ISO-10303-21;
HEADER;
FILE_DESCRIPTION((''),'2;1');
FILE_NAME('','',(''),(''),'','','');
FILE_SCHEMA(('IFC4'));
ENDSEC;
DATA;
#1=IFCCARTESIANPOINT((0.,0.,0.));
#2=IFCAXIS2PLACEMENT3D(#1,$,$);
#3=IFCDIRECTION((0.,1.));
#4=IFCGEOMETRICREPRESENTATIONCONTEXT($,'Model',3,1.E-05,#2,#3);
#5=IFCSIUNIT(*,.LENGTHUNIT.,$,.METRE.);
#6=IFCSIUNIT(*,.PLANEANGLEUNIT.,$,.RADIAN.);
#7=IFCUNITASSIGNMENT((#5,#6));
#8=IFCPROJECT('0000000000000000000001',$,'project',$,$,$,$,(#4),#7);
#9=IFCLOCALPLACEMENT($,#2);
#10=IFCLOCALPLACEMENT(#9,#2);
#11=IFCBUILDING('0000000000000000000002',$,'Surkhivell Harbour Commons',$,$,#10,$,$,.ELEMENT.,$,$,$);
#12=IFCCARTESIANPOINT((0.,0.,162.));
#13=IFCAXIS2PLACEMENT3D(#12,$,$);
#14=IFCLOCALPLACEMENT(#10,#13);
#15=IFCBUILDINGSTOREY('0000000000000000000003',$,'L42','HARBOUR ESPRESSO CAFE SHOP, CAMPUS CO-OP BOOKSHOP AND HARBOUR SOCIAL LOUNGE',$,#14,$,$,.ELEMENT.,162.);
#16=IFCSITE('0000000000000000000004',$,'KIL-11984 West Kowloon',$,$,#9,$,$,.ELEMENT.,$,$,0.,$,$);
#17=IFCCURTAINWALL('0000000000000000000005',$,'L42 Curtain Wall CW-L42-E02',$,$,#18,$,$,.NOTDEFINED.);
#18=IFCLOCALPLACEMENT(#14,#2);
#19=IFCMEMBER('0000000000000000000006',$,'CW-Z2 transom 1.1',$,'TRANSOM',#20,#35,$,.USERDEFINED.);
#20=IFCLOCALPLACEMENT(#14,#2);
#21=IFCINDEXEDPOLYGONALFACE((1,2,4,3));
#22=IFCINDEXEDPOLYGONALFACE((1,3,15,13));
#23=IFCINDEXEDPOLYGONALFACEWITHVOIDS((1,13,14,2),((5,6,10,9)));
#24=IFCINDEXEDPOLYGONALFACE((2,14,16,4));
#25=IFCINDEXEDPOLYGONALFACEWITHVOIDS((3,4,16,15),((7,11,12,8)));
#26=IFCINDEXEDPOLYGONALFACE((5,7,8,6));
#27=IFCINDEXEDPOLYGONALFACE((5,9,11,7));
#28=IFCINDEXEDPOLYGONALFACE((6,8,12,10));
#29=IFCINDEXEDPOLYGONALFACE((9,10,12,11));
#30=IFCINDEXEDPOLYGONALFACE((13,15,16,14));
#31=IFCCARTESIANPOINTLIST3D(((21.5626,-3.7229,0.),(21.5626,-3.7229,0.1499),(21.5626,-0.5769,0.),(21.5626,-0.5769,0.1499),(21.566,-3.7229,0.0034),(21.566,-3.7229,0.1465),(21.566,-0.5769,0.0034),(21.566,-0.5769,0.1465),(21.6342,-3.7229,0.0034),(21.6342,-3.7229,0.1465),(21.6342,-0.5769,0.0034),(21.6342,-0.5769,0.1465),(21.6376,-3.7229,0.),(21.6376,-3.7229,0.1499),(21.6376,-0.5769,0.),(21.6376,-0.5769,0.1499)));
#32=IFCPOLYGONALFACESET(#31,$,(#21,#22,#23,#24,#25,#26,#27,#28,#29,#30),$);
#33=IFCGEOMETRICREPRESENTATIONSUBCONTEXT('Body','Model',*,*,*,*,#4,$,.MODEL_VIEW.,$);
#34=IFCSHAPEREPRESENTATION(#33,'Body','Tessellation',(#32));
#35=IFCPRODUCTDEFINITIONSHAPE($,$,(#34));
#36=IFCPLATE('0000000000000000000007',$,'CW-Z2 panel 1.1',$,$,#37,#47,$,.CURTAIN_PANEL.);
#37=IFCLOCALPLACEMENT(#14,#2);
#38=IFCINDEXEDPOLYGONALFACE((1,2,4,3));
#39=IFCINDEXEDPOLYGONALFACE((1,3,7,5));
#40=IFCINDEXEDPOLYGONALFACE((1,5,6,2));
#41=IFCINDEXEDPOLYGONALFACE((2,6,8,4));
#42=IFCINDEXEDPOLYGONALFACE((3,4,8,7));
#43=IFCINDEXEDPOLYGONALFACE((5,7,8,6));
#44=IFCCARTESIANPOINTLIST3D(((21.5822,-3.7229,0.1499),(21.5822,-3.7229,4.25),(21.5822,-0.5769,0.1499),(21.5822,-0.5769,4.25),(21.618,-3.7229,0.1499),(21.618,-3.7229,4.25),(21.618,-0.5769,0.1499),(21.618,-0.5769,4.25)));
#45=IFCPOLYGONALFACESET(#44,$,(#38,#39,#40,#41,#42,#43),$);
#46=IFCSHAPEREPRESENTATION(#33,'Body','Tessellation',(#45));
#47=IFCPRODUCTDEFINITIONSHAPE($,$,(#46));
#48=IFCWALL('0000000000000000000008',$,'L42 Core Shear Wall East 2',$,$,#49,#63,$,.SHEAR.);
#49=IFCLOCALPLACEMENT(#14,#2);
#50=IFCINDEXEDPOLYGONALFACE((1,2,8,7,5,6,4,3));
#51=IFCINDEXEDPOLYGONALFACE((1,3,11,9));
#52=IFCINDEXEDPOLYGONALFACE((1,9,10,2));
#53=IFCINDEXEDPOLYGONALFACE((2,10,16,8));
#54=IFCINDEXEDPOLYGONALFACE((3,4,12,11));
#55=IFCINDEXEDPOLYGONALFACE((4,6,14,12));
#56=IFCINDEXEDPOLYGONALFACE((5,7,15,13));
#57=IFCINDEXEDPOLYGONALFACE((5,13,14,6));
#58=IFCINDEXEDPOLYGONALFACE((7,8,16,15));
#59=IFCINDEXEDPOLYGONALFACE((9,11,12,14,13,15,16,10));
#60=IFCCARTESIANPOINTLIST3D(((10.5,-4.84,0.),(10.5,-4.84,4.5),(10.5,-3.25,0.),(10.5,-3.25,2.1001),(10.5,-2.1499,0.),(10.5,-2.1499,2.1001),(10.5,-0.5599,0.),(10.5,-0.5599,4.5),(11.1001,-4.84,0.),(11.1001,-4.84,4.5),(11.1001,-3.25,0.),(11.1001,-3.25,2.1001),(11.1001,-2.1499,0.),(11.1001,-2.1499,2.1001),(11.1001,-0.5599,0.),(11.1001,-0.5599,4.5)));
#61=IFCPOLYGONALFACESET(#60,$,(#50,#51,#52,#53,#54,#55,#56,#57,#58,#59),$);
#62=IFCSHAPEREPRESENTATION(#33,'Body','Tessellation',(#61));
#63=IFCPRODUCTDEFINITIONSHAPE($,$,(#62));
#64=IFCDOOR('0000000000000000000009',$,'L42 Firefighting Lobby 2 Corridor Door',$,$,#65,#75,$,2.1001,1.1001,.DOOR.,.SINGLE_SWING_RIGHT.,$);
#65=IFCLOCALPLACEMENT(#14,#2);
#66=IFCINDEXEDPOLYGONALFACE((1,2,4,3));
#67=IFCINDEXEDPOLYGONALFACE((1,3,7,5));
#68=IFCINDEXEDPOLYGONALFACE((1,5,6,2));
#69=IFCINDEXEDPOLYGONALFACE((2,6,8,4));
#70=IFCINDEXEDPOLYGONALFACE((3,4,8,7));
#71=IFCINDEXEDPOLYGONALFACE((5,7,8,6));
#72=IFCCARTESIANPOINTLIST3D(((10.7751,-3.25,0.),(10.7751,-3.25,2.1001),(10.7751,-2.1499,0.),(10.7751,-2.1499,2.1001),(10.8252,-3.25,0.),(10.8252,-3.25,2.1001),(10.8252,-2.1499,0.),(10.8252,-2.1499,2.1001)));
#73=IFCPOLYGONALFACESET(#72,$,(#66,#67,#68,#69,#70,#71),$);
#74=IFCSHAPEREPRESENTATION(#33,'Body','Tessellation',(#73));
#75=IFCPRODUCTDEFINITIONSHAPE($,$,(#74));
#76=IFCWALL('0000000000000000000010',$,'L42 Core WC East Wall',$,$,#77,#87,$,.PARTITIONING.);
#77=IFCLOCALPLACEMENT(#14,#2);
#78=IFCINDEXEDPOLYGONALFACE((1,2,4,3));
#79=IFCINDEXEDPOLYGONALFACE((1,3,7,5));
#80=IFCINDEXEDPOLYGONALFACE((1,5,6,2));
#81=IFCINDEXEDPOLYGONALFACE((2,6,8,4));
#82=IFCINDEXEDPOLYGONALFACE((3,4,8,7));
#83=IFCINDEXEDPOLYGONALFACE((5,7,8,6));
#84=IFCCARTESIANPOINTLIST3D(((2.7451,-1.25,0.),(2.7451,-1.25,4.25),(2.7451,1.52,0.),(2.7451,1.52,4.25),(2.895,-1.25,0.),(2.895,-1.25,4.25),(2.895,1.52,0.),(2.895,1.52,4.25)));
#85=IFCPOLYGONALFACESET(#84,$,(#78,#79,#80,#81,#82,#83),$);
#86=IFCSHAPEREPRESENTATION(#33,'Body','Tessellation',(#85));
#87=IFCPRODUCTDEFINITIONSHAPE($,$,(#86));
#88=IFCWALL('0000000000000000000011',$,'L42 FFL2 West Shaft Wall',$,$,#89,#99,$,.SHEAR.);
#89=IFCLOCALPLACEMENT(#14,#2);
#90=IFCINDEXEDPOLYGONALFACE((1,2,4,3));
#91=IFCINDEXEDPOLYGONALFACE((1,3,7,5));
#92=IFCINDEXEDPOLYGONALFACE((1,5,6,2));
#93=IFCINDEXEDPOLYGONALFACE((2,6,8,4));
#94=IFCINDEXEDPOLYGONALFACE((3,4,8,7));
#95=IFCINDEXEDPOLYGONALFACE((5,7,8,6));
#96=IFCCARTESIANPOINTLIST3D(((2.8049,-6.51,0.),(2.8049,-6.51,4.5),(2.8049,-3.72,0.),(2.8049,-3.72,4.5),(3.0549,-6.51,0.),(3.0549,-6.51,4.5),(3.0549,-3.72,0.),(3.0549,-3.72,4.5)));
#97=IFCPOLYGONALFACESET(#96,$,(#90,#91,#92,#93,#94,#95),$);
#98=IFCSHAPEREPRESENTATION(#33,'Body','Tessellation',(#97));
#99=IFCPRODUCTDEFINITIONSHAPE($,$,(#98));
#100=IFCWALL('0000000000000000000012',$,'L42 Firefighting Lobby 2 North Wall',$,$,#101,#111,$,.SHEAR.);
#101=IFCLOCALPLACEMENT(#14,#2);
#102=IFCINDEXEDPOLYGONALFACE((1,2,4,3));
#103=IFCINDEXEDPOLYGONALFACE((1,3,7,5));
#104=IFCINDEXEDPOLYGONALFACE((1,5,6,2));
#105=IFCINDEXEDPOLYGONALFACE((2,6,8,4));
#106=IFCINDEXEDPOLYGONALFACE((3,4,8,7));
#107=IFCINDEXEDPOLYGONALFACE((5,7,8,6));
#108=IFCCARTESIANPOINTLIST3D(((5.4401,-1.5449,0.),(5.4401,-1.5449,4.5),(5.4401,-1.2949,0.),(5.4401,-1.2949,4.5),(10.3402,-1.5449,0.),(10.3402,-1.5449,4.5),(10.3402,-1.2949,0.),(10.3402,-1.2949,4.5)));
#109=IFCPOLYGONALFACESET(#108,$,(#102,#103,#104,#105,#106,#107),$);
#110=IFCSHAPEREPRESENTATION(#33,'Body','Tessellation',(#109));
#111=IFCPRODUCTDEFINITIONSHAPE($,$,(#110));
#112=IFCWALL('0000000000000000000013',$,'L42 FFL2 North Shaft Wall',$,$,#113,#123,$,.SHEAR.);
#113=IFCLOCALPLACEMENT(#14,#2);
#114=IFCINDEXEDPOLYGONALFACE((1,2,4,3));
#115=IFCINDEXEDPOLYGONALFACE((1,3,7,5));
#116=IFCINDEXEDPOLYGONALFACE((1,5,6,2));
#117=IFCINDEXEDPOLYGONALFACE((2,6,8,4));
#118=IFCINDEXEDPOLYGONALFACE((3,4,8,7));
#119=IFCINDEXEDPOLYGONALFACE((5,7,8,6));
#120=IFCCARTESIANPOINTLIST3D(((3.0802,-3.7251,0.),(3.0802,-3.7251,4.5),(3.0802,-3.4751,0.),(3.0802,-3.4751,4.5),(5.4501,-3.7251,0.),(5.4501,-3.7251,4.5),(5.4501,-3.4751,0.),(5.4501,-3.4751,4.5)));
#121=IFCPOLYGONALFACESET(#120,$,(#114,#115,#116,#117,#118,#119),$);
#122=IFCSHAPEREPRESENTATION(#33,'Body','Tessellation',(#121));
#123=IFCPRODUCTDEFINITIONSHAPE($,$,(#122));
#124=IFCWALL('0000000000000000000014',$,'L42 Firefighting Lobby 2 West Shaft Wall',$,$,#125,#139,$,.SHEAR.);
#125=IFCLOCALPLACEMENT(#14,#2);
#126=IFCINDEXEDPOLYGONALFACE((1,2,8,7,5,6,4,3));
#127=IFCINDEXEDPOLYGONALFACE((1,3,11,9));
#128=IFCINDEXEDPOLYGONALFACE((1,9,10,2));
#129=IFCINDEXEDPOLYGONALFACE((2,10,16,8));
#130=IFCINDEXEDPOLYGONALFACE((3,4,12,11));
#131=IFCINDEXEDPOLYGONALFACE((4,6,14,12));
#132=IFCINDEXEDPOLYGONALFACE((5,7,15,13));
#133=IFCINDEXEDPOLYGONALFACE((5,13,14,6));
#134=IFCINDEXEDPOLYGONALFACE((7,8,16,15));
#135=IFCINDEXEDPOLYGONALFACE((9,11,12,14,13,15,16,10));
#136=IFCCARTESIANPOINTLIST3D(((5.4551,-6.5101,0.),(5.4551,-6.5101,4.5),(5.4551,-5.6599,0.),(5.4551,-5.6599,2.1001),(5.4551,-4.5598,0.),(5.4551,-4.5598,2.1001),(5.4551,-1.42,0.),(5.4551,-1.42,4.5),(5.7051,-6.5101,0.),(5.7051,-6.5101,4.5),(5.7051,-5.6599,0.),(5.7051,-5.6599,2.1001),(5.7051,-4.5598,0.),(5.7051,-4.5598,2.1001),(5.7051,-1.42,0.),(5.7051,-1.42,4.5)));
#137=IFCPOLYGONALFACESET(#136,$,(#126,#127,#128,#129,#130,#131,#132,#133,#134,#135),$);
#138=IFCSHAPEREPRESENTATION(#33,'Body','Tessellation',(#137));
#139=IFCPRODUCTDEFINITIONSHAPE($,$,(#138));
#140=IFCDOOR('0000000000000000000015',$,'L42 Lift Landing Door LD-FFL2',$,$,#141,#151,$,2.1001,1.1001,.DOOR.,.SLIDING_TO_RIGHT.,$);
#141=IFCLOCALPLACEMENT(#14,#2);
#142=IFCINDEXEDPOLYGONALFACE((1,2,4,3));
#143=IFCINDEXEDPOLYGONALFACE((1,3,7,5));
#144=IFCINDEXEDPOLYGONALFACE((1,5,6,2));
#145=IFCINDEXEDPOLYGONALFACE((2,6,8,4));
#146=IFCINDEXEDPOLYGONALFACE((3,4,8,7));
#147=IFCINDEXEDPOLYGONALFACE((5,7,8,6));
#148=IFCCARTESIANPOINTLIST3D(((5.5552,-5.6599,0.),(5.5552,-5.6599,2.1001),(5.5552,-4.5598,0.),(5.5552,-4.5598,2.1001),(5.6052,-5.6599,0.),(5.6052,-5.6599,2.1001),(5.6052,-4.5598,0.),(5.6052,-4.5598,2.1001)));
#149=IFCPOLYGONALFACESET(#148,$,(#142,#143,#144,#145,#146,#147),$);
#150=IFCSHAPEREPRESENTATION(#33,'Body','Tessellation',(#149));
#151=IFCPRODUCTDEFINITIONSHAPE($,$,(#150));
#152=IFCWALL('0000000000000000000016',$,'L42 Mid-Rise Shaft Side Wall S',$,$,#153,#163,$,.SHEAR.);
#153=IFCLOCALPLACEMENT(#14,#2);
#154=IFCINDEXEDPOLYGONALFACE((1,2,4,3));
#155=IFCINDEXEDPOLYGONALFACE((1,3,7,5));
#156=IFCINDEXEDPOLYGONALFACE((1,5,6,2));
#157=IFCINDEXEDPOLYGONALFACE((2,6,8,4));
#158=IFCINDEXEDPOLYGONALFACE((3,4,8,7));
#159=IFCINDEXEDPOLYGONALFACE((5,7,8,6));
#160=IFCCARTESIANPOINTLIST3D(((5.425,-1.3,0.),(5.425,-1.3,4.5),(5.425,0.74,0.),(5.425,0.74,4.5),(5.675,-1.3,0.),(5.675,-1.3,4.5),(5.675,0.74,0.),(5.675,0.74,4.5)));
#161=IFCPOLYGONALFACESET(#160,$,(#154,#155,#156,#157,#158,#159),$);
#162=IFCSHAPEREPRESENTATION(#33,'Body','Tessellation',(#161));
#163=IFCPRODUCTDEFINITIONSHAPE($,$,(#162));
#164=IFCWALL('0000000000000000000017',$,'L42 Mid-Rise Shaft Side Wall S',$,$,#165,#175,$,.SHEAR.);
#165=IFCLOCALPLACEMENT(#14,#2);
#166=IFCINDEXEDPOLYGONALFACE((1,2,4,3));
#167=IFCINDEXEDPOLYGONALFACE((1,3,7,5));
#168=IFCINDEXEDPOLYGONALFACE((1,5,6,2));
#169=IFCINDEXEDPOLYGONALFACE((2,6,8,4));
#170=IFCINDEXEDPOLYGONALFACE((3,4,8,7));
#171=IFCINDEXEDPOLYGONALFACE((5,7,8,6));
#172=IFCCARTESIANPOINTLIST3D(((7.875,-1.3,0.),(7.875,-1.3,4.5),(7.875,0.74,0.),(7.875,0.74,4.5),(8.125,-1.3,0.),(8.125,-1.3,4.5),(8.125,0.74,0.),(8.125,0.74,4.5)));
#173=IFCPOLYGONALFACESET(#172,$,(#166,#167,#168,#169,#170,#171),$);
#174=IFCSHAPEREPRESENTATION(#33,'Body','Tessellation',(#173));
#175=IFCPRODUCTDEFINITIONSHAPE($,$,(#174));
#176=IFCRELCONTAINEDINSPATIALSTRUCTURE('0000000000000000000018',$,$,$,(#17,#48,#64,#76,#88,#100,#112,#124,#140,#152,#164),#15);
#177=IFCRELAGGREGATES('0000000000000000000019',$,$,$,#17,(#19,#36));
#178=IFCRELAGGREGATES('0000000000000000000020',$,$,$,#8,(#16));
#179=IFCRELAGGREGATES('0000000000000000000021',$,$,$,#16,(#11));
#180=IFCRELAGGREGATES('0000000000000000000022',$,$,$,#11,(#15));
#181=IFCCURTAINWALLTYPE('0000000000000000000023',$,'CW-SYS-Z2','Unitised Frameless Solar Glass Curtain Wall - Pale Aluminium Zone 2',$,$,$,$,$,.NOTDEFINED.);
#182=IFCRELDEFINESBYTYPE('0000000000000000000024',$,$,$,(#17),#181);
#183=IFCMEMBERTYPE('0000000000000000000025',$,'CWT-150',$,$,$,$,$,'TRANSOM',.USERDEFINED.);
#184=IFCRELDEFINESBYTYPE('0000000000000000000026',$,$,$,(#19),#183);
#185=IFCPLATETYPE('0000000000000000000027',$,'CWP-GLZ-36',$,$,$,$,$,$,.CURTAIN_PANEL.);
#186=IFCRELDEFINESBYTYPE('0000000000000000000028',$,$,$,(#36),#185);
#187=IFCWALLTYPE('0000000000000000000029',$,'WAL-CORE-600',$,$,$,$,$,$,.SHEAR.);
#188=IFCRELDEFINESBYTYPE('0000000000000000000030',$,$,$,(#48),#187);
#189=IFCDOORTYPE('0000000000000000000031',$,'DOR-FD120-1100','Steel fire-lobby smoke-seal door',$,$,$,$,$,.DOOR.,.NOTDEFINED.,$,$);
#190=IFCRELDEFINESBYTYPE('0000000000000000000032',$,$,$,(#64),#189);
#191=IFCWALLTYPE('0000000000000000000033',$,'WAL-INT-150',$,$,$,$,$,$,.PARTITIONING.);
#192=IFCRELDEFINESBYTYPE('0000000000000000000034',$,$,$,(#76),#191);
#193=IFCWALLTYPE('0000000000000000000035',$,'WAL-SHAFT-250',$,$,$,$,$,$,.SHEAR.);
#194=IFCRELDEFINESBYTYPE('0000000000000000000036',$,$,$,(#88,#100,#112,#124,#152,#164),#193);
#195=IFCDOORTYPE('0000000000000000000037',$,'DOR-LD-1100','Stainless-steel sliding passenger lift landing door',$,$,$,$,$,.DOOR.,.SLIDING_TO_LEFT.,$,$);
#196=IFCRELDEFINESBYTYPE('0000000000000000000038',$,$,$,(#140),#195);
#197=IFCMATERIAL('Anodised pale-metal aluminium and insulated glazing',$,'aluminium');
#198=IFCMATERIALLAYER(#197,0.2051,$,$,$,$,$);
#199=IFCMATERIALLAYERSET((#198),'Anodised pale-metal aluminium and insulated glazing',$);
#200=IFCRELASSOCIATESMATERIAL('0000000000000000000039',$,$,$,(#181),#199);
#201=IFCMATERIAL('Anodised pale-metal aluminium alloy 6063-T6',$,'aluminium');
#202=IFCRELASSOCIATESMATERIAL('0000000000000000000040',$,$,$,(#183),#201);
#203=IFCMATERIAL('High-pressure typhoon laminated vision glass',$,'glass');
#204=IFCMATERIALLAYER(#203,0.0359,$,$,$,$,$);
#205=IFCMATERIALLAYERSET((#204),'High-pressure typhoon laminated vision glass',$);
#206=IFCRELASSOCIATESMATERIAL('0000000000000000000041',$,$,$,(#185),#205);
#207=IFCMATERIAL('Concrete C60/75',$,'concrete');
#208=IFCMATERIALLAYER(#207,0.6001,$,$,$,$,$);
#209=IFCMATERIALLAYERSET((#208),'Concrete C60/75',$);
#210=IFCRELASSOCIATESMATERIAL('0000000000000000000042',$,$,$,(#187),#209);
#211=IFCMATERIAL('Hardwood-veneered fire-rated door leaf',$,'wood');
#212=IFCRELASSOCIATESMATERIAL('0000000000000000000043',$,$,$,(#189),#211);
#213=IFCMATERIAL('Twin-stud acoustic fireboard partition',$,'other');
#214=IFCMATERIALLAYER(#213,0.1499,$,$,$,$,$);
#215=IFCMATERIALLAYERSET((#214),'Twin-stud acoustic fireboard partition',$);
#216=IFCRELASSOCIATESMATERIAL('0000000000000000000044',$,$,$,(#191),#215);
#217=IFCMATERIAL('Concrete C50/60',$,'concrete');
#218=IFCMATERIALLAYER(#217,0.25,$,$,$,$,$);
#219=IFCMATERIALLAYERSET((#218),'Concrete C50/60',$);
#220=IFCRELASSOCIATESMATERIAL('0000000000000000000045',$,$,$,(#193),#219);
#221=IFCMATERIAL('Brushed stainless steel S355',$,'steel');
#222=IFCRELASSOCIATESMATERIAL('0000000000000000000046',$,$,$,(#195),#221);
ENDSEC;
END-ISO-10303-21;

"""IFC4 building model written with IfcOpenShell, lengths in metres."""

from ifc_helpers import new_model, si_unit, direction, frame, frame_2d, origin, origin_2d, place, context, subcontext, project, spatial, rectangle, hollow_rectangle, extrude, material, layer, layer_set, material_profile, profile_set, type_object, element, fill, aggregate, save


model = new_model("IFC4")

# Units and contexts
model_context = context("Model", 3, precision=1e-05, world=origin(), true_north=direction((0.0, 1.0)))
body_context = subcontext(model_context, "Body", "Model", "MODEL_VIEW")
ifc_project = project(units=[si_unit("LENGTHUNIT", "METRE"), si_unit("PLANEANGLEUNIT", "RADIAN")], contexts=[model_context])

# Site, building, storey
site_placement = place(None, origin())
site = spatial("IfcSite", under=ifc_project, at=site_placement, Name="KIL-11984 West Kowloon", CompositionType="ELEMENT", RefElevation=0.0)
building_placement = place(site_placement, origin())
building = spatial("IfcBuilding", under=site, at=building_placement, Name="Surkhivell Harbour Commons", CompositionType="ELEMENT")
storey_placement = place(building_placement, frame((0.0, 0.0, 162.0)))
storey = spatial("IfcBuildingStorey", under=building, at=storey_placement, Name="L42", Description="HARBOUR ESPRESSO CAFE SHOP, CAMPUS CO-OP BOOKSHOP AND HARBOUR SOCIAL LOUNGE", CompositionType="ELEMENT", Elevation=162.0)

# Shared definitions
ifc_material_1 = material(Name="Concrete C60/75", Category="concrete")

# Shared definitions
ifc_material_2 = material(Name="Anodised pale-metal aluminium and insulated glazing", Category="aluminium")
ifc_layer_1 = layer(ifc_material_2, 0.2051)
ifc_layer_set_1 = layer_set([ifc_layer_1], Name="Anodised pale-metal aluminium and insulated glazing")
curtain_wall_type = type_object("IfcCurtainWallType", Name="CW-SYS-Z2", Description="Unitised Frameless Solar Glass Curtain Wall - Pale Aluminium Zone 2", PredefinedType="NOTDEFINED", material=ifc_layer_set_1)
ifc_material_3 = material(Name="Anodised pale-metal aluminium alloy 6063-T6", Category="aluminium")

# Curtain wall, member, plate
curtain_wall_1_placement = place(storey_placement, origin())
curtain_wall_1 = element("IfcCurtainWall", 1, at=curtain_wall_1_placement, inside=storey, type_object=curtain_wall_type, Name="L42 Curtain Wall CW-L42-E02", PredefinedType="NOTDEFINED")
ifc_material_profile_1 = material_profile(ifc_material_3, hollow_rectangle(XDim=0.075, YDim=0.1499, WallThickness=0.0034, at=origin_2d()), Name="ALU-TRAN-75x150")
ifc_profile_set_1 = profile_set([ifc_material_profile_1], Name="Anodised pale-metal aluminium alloy 6063-T6")
member_type_1 = type_object("IfcMemberType", Name="CWT-150", ElementType="TRANSOM", PredefinedType="USERDEFINED", material=ifc_profile_set_1)
member_1_placement = place(storey_placement, frame((21.6001, -3.7229, 0.075), z_axis=(0.0, 1.0, 0.0), x_axis=(-1.0, 0.0, 0.0)))
member_1 = element("IfcMember", 2, at=member_1_placement, type_object=member_type_1, Name="CW-Z2 transom 1.1", ObjectType="TRANSOM", PredefinedType="USERDEFINED", context=body_context, shape_type="SweptSolid", body=[
    extrude(hollow_rectangle(XDim=0.075, YDim=0.1499, WallThickness=0.0034, at=origin_2d()), origin(), (0.0, 0.0, 1.0), 3.146),
])
ifc_material_4 = material(Name="High-pressure typhoon laminated vision glass", Category="glass")
ifc_layer_2 = layer(ifc_material_4, 0.0359)
ifc_layer_set_2 = layer_set([ifc_layer_2], Name="High-pressure typhoon laminated vision glass")
plate_type = type_object("IfcPlateType", Name="CWP-GLZ-36", PredefinedType="CURTAIN_PANEL", material=ifc_layer_set_2)
plate_placement = place(storey_placement, frame((21.6001, -3.7229, 0.1499), z_axis=(0.0, 0.0, 1.0), x_axis=(0.0, 1.0, 0.0)))
plate = element("IfcPlate", 3, at=plate_placement, type_object=plate_type, Name="CW-Z2 panel 1.1", PredefinedType="CURTAIN_PANEL", context=body_context, shape_type="SweptSolid", body=[
    extrude(rectangle(XDim=3.146, YDim=0.0359, at=frame_2d((1.573, 0.0))), origin(), (0.0, 0.0, 1.0), 4.1001),
])
aggregate(curtain_wall_1, [member_1, plate])

# Wall, opening, door
ifc_layer_3 = layer(ifc_material_1, 0.6001)
ifc_layer_set_3 = layer_set([ifc_layer_3], Name="Concrete C60/75")
wall_type_1 = type_object("IfcWallType", Name="WAL-CORE-600", PredefinedType="SHEAR", material=ifc_layer_set_3)
wall_1_placement = place(storey_placement, frame((10.8, -4.8401, 0.0), z_axis=(0.0, 0.0, 1.0), x_axis=(0.0, 1.0, 0.0)))
wall_1 = element("IfcWall", 4, at=wall_1_placement, inside=storey, type_object=wall_type_1, Name="L42 Core Shear Wall East 2", PredefinedType="SHEAR", context=body_context, shape_type="SweptSolid", body=[
    extrude(rectangle(XDim=4.28, YDim=0.6001, at=frame_2d((2.1401, 0.0))), origin(), (0.0, 0.0, 1.0), 4.5),
])
opening_1_placement = place(wall_1_placement, frame((1.5901, 0.0, 0.0)))
opening_1 = element("IfcOpeningElement", 5, at=opening_1_placement, cuts=wall_1, PredefinedType="OPENING", context=body_context, shape_type="SweptSolid", body=[
    extrude(rectangle(XDim=1.1001, YDim=2.1001, at=frame_2d((0.55, 1.05))), frame((0.0, 0.3101, 0.0), z_axis=(0.0, -1.0, 0.0), x_axis=(1.0, 0.0, 0.0)), (0.0, 0.0, 1.0), 0.6201),
])
ifc_material_5 = material(Name="Hardwood-veneered fire-rated door leaf", Category="wood")
door_type_1 = type_object("IfcDoorType", Name="DOR-FD120-1100", Description="Steel fire-lobby smoke-seal door", OperationType="NOTDEFINED", PredefinedType="DOOR", material=ifc_material_5)
door_1_placement = place(opening_1_placement, origin())
door_1 = element("IfcDoor", 6, at=door_1_placement, inside=storey, type_object=door_type_1, Name="L42 Firefighting Lobby 2 Corridor Door", OperationType="SINGLE_SWING_RIGHT", OverallHeight=2.1001, OverallWidth=1.1001, PredefinedType="DOOR", context=body_context, shape_type="SweptSolid", body=[
    extrude(rectangle(XDim=1.1001, YDim=2.1001, at=frame_2d((0.55, 1.05))), frame((0.0, 0.0249, 0.0), z_axis=(0.0, -1.0, 0.0), x_axis=(1.0, 0.0, 0.0)), (0.0, 0.0, 1.0), 0.05),
])
fill(opening_1, door_1)

# Walls
ifc_material_6 = material(Name="Twin-stud acoustic fireboard partition", Category="other")
ifc_layer_4 = layer(ifc_material_6, 0.1499)
ifc_layer_set_4 = layer_set([ifc_layer_4], Name="Twin-stud acoustic fireboard partition")
wall_type_2 = type_object("IfcWallType", Name="WAL-INT-150", PredefinedType="PARTITIONING", material=ifc_layer_set_4)
wall_2_placement = place(storey_placement, frame((2.8201, -1.25, 0.0), z_axis=(0.0, 0.0, 1.0), x_axis=(0.0, 1.0, 0.0)))
element("IfcWall", 7, at=wall_2_placement, inside=storey, type_object=wall_type_2, Name="L42 Core WC East Wall", PredefinedType="PARTITIONING", context=body_context, shape_type="SweptSolid", body=[
    extrude(rectangle(XDim=2.77, YDim=0.1499, at=frame_2d((1.385, 0.0))), origin(), (0.0, 0.0, 1.0), 4.25),
])
ifc_material_7 = material(Name="Concrete C50/60", Category="concrete")
ifc_layer_5 = layer(ifc_material_7, 0.25)
ifc_layer_set_5 = layer_set([ifc_layer_5], Name="Concrete C50/60")
wall_type_3 = type_object("IfcWallType", Name="WAL-SHAFT-250", PredefinedType="SHEAR", material=ifc_layer_set_5)
wall_3_placement = place(storey_placement, frame((2.9299, -6.51, 0.0), z_axis=(0.0, 0.0, 1.0), x_axis=(0.0, 1.0, 0.0)))
element("IfcWall", 8, at=wall_3_placement, inside=storey, type_object=wall_type_3, Name="L42 FFL2 West Shaft Wall", PredefinedType="SHEAR", context=body_context, shape_type="SweptSolid", body=[
    extrude(rectangle(XDim=2.79, YDim=0.25, at=frame_2d((1.395, 0.0))), origin(), (0.0, 0.0, 1.0), 4.5),
])
wall_4_placement = place(storey_placement, frame((5.4399, -1.4199, 0.0), z_axis=(0.0, 0.0, 1.0), x_axis=(1.0, 0.0, 0.0)))
element("IfcWall", 9, at=wall_4_placement, inside=storey, type_object=wall_type_3, Name="L42 Firefighting Lobby 2 North Wall", PredefinedType="SHEAR", context=body_context, shape_type="SweptSolid", body=[
    extrude(rectangle(XDim=4.9001, YDim=0.25, at=frame_2d((2.4502, 0.0))), origin(), (0.0, 0.0, 1.0), 4.5),
])
wall_5_placement = place(storey_placement, frame((3.0801, -3.6001, 0.0), z_axis=(0.0, 0.0, 1.0), x_axis=(1.0, 0.0, 0.0)))
element("IfcWall", 10, at=wall_5_placement, inside=storey, type_object=wall_type_3, Name="L42 FFL2 North Shaft Wall", PredefinedType="SHEAR", context=body_context, shape_type="SweptSolid", body=[
    extrude(rectangle(XDim=2.3699, YDim=0.25, at=frame_2d((1.1851, 0.0))), origin(), (0.0, 0.0, 1.0), 4.5),
])

# Wall, opening, door
wall_6_placement = place(storey_placement, frame((5.5801, -6.51, 0.0), z_axis=(0.0, 0.0, 1.0), x_axis=(0.0, 1.0, 0.0)))
wall_6 = element("IfcWall", 11, at=wall_6_placement, inside=storey, type_object=wall_type_3, Name="L42 Firefighting Lobby 2 West Shaft Wall", PredefinedType="SHEAR", context=body_context, shape_type="SweptSolid", body=[
    extrude(rectangle(XDim=5.0901, YDim=0.25, at=frame_2d((2.5449, 0.0))), origin(), (0.0, 0.0, 1.0), 4.5),
])
opening_2_placement = place(wall_6_placement, frame((0.8501, 0.0, 0.0)))
opening_2 = element("IfcOpeningElement", 12, at=opening_2_placement, cuts=wall_6, PredefinedType="OPENING", context=body_context, shape_type="SweptSolid", body=[
    extrude(rectangle(XDim=1.1001, YDim=2.1001, at=frame_2d((0.55, 1.05))), frame((0.0, 0.135, 0.0), z_axis=(0.0, -1.0, 0.0), x_axis=(1.0, 0.0, 0.0)), (0.0, 0.0, 1.0), 0.27),
])
ifc_material_8 = material(Name="Brushed stainless steel S355", Category="steel")
door_type_2 = type_object("IfcDoorType", Name="DOR-LD-1100", Description="Stainless-steel sliding passenger lift landing door", OperationType="SLIDING_TO_LEFT", PredefinedType="DOOR", material=ifc_material_8)
door_2_placement = place(opening_2_placement, origin())
door_2 = element("IfcDoor", 13, at=door_2_placement, inside=storey, type_object=door_type_2, Name="L42 Lift Landing Door LD-FFL2", OperationType="SLIDING_TO_RIGHT", OverallHeight=2.1001, OverallWidth=1.1001, PredefinedType="DOOR", context=body_context, shape_type="SweptSolid", body=[
    extrude(rectangle(XDim=1.1001, YDim=2.1001, at=frame_2d((0.55, 1.05))), frame((0.0, 0.0249, 0.0), z_axis=(0.0, -1.0, 0.0), x_axis=(1.0, 0.0, 0.0)), (0.0, 0.0, 1.0), 0.05),
])
fill(opening_2, door_2)

# Walls
for number, where, z_axis, x_axis, name in (
    (14, (5.55, -1.3, 0.0), (0.0, 0.0, 1.0), (0.0, 1.0, 0.0), "L42 Mid-Rise Shaft Side Wall S"),
    (15, (8.0, -1.3, 0.0), (0.0, 0.0, 1.0), (0.0, 1.0, 0.0), "L42 Mid-Rise Shaft Side Wall S"),
):
    element("IfcWall", number, at=place(storey_placement, frame(where, z_axis=z_axis, x_axis=x_axis)), inside=storey, type_object=wall_type_3, Name=name, PredefinedType="SHEAR", context=body_context, shape_type="SweptSolid", body=[
        extrude(rectangle(XDim=2.04, YDim=0.25, at=frame_2d((1.02, 0.0))), origin(), (0.0, 0.0, 1.0), 4.5),
    ])

save(model, "model.ifc")
